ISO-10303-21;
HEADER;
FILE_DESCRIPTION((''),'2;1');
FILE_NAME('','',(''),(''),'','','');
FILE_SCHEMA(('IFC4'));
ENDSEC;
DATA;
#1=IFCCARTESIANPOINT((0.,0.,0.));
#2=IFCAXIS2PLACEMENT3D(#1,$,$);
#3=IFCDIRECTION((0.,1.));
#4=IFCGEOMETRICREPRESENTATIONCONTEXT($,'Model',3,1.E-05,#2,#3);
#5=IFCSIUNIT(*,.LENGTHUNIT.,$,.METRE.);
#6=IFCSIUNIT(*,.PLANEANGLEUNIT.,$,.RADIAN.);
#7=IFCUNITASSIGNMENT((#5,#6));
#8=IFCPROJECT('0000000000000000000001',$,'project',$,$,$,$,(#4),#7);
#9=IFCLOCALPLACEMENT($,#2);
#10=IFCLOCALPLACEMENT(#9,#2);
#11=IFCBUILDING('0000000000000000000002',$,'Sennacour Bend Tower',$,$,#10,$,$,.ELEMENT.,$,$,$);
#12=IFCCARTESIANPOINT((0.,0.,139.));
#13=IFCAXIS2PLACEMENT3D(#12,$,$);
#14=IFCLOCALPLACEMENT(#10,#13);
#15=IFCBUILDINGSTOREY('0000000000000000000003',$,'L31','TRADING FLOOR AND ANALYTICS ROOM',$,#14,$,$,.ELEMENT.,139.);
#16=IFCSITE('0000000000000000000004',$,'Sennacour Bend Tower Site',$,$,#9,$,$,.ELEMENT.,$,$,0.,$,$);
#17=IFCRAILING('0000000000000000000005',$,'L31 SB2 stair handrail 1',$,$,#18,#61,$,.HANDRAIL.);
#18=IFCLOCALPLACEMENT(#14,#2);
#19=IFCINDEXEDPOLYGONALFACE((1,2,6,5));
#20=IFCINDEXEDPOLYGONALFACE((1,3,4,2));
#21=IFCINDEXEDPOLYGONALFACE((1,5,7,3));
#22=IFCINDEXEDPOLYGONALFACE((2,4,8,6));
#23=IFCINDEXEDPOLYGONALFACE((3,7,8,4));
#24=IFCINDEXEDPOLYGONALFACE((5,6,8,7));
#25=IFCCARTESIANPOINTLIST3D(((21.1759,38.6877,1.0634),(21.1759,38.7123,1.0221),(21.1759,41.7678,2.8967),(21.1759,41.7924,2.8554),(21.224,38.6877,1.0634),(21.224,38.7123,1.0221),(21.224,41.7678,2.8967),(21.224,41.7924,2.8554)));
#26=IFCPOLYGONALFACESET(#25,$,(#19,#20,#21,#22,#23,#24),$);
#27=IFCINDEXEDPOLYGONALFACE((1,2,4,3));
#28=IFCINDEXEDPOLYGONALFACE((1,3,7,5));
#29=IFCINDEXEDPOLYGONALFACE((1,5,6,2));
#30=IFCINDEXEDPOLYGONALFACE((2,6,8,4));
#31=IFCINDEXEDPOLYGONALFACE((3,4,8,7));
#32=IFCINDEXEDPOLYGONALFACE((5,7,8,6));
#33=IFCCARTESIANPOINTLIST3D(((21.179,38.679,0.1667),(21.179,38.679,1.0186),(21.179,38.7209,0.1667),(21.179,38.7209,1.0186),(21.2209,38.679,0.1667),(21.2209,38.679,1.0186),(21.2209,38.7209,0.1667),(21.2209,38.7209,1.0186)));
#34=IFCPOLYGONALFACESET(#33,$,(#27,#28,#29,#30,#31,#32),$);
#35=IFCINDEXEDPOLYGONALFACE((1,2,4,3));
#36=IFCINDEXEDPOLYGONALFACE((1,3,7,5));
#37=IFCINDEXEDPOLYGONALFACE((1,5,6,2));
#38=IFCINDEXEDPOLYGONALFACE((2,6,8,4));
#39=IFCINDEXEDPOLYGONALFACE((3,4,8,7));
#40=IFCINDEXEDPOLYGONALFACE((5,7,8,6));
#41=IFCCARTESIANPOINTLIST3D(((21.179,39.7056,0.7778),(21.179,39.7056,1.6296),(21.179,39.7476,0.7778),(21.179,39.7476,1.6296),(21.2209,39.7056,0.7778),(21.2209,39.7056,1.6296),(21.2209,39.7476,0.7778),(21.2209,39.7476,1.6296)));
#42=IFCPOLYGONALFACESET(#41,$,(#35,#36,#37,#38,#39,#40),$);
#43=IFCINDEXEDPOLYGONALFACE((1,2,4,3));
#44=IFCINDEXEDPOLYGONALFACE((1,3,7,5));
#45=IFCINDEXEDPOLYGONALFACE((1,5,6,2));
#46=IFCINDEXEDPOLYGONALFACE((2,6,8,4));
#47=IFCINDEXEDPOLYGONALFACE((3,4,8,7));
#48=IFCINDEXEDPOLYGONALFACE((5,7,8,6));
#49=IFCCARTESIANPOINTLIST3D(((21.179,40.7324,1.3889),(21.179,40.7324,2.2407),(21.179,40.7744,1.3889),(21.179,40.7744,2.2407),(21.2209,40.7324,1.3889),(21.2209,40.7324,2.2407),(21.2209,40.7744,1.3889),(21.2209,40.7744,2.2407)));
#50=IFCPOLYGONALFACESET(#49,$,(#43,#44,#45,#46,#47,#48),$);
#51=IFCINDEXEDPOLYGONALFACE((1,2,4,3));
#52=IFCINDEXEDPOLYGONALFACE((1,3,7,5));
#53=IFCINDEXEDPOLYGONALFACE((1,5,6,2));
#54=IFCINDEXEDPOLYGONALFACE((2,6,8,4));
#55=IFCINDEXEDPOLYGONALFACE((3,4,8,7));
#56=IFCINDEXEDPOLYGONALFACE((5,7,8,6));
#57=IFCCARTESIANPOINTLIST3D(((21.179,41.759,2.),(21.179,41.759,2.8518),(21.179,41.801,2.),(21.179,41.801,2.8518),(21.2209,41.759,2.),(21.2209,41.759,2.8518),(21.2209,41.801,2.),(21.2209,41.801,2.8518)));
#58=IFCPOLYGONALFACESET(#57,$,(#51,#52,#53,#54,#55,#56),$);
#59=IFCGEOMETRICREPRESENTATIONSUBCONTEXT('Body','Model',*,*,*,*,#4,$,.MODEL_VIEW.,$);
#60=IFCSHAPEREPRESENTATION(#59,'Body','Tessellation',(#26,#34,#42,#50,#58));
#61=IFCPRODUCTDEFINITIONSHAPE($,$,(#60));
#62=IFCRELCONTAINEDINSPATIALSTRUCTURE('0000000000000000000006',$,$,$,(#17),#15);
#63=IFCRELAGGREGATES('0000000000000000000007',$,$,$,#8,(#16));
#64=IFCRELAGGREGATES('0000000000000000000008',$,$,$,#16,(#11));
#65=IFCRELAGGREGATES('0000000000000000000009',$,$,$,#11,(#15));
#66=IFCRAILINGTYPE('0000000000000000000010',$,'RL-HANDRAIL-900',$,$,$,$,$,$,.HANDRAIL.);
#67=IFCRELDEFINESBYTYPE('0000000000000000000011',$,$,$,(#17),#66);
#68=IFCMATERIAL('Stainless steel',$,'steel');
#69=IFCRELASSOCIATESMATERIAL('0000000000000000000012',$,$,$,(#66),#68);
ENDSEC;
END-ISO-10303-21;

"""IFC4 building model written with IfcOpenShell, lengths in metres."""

from ifc_helpers import new_model, si_unit, direction, frame, origin, origin_2d, place, context, subcontext, project, spatial, rectangle, extrude, material, type_object, element, save


model = new_model("IFC4")

# Units and contexts
model_context = context("Model", 3, precision=1e-05, world=origin(), true_north=direction((0.0, 1.0)))
body_context = subcontext(model_context, "Body", "Model", "MODEL_VIEW")
ifc_project = project(units=[si_unit("LENGTHUNIT", "METRE"), si_unit("PLANEANGLEUNIT", "RADIAN")], contexts=[model_context])

# Site, building, storey
site_placement = place(None, origin())
site = spatial("IfcSite", under=ifc_project, at=site_placement, Name="Sennacour Bend Tower Site", CompositionType="ELEMENT", RefElevation=0.0)
building_placement = place(site_placement, origin())
building = spatial("IfcBuilding", under=site, at=building_placement, Name="Sennacour Bend Tower", CompositionType="ELEMENT")
storey_placement = place(building_placement, frame((0.0, 0.0, 139.0)))
storey = spatial("IfcBuildingStorey", under=building, at=storey_placement, Name="L31", Description="TRADING FLOOR AND ANALYTICS ROOM", CompositionType="ELEMENT", Elevation=139.0)

# Railing
ifc_material_1 = material(Name="Stainless steel", Category="steel")
railing_type = type_object("IfcRailingType", Name="RL-HANDRAIL-900", PredefinedType="HANDRAIL", material=ifc_material_1)
railing_placement = place(storey_placement, frame((21.2, 38.7, 0.1667)))
element("IfcRailing", 1, at=railing_placement, inside=storey, type_object=railing_type, Name="L31 SB2 stair handrail 1", PredefinedType="HANDRAIL", context=body_context, shape_type="SweptSolid", body=[
    extrude(rectangle(XDim=0.0481, YDim=0.0481, at=origin_2d()), frame((0.0, 0.0, 0.876), z_axis=(0.0, 0.859309, 0.511458), x_axis=(-1.0, 0.0, 0.0)), (0.0, 0.0, 1.0), 3.5845),
    extrude(rectangle(XDim=0.042, YDim=0.042, at=origin_2d()), origin(), (0.0, 0.0, 1.0), 0.8518),
    extrude(rectangle(XDim=0.042, YDim=0.042, at=origin_2d()), frame((0.0, 1.0266, 0.6111)), (0.0, 0.0, 1.0), 0.8518),
    extrude(rectangle(XDim=0.042, YDim=0.042, at=origin_2d()), frame((0.0, 2.0535, 1.2222)), (0.0, 0.0, 1.0), 0.8518),
    extrude(rectangle(XDim=0.042, YDim=0.042, at=origin_2d()), frame((0.0, 3.0801, 1.8333)), (0.0, 0.0, 1.0), 0.8518),
])

save(model, "model.ifc")
